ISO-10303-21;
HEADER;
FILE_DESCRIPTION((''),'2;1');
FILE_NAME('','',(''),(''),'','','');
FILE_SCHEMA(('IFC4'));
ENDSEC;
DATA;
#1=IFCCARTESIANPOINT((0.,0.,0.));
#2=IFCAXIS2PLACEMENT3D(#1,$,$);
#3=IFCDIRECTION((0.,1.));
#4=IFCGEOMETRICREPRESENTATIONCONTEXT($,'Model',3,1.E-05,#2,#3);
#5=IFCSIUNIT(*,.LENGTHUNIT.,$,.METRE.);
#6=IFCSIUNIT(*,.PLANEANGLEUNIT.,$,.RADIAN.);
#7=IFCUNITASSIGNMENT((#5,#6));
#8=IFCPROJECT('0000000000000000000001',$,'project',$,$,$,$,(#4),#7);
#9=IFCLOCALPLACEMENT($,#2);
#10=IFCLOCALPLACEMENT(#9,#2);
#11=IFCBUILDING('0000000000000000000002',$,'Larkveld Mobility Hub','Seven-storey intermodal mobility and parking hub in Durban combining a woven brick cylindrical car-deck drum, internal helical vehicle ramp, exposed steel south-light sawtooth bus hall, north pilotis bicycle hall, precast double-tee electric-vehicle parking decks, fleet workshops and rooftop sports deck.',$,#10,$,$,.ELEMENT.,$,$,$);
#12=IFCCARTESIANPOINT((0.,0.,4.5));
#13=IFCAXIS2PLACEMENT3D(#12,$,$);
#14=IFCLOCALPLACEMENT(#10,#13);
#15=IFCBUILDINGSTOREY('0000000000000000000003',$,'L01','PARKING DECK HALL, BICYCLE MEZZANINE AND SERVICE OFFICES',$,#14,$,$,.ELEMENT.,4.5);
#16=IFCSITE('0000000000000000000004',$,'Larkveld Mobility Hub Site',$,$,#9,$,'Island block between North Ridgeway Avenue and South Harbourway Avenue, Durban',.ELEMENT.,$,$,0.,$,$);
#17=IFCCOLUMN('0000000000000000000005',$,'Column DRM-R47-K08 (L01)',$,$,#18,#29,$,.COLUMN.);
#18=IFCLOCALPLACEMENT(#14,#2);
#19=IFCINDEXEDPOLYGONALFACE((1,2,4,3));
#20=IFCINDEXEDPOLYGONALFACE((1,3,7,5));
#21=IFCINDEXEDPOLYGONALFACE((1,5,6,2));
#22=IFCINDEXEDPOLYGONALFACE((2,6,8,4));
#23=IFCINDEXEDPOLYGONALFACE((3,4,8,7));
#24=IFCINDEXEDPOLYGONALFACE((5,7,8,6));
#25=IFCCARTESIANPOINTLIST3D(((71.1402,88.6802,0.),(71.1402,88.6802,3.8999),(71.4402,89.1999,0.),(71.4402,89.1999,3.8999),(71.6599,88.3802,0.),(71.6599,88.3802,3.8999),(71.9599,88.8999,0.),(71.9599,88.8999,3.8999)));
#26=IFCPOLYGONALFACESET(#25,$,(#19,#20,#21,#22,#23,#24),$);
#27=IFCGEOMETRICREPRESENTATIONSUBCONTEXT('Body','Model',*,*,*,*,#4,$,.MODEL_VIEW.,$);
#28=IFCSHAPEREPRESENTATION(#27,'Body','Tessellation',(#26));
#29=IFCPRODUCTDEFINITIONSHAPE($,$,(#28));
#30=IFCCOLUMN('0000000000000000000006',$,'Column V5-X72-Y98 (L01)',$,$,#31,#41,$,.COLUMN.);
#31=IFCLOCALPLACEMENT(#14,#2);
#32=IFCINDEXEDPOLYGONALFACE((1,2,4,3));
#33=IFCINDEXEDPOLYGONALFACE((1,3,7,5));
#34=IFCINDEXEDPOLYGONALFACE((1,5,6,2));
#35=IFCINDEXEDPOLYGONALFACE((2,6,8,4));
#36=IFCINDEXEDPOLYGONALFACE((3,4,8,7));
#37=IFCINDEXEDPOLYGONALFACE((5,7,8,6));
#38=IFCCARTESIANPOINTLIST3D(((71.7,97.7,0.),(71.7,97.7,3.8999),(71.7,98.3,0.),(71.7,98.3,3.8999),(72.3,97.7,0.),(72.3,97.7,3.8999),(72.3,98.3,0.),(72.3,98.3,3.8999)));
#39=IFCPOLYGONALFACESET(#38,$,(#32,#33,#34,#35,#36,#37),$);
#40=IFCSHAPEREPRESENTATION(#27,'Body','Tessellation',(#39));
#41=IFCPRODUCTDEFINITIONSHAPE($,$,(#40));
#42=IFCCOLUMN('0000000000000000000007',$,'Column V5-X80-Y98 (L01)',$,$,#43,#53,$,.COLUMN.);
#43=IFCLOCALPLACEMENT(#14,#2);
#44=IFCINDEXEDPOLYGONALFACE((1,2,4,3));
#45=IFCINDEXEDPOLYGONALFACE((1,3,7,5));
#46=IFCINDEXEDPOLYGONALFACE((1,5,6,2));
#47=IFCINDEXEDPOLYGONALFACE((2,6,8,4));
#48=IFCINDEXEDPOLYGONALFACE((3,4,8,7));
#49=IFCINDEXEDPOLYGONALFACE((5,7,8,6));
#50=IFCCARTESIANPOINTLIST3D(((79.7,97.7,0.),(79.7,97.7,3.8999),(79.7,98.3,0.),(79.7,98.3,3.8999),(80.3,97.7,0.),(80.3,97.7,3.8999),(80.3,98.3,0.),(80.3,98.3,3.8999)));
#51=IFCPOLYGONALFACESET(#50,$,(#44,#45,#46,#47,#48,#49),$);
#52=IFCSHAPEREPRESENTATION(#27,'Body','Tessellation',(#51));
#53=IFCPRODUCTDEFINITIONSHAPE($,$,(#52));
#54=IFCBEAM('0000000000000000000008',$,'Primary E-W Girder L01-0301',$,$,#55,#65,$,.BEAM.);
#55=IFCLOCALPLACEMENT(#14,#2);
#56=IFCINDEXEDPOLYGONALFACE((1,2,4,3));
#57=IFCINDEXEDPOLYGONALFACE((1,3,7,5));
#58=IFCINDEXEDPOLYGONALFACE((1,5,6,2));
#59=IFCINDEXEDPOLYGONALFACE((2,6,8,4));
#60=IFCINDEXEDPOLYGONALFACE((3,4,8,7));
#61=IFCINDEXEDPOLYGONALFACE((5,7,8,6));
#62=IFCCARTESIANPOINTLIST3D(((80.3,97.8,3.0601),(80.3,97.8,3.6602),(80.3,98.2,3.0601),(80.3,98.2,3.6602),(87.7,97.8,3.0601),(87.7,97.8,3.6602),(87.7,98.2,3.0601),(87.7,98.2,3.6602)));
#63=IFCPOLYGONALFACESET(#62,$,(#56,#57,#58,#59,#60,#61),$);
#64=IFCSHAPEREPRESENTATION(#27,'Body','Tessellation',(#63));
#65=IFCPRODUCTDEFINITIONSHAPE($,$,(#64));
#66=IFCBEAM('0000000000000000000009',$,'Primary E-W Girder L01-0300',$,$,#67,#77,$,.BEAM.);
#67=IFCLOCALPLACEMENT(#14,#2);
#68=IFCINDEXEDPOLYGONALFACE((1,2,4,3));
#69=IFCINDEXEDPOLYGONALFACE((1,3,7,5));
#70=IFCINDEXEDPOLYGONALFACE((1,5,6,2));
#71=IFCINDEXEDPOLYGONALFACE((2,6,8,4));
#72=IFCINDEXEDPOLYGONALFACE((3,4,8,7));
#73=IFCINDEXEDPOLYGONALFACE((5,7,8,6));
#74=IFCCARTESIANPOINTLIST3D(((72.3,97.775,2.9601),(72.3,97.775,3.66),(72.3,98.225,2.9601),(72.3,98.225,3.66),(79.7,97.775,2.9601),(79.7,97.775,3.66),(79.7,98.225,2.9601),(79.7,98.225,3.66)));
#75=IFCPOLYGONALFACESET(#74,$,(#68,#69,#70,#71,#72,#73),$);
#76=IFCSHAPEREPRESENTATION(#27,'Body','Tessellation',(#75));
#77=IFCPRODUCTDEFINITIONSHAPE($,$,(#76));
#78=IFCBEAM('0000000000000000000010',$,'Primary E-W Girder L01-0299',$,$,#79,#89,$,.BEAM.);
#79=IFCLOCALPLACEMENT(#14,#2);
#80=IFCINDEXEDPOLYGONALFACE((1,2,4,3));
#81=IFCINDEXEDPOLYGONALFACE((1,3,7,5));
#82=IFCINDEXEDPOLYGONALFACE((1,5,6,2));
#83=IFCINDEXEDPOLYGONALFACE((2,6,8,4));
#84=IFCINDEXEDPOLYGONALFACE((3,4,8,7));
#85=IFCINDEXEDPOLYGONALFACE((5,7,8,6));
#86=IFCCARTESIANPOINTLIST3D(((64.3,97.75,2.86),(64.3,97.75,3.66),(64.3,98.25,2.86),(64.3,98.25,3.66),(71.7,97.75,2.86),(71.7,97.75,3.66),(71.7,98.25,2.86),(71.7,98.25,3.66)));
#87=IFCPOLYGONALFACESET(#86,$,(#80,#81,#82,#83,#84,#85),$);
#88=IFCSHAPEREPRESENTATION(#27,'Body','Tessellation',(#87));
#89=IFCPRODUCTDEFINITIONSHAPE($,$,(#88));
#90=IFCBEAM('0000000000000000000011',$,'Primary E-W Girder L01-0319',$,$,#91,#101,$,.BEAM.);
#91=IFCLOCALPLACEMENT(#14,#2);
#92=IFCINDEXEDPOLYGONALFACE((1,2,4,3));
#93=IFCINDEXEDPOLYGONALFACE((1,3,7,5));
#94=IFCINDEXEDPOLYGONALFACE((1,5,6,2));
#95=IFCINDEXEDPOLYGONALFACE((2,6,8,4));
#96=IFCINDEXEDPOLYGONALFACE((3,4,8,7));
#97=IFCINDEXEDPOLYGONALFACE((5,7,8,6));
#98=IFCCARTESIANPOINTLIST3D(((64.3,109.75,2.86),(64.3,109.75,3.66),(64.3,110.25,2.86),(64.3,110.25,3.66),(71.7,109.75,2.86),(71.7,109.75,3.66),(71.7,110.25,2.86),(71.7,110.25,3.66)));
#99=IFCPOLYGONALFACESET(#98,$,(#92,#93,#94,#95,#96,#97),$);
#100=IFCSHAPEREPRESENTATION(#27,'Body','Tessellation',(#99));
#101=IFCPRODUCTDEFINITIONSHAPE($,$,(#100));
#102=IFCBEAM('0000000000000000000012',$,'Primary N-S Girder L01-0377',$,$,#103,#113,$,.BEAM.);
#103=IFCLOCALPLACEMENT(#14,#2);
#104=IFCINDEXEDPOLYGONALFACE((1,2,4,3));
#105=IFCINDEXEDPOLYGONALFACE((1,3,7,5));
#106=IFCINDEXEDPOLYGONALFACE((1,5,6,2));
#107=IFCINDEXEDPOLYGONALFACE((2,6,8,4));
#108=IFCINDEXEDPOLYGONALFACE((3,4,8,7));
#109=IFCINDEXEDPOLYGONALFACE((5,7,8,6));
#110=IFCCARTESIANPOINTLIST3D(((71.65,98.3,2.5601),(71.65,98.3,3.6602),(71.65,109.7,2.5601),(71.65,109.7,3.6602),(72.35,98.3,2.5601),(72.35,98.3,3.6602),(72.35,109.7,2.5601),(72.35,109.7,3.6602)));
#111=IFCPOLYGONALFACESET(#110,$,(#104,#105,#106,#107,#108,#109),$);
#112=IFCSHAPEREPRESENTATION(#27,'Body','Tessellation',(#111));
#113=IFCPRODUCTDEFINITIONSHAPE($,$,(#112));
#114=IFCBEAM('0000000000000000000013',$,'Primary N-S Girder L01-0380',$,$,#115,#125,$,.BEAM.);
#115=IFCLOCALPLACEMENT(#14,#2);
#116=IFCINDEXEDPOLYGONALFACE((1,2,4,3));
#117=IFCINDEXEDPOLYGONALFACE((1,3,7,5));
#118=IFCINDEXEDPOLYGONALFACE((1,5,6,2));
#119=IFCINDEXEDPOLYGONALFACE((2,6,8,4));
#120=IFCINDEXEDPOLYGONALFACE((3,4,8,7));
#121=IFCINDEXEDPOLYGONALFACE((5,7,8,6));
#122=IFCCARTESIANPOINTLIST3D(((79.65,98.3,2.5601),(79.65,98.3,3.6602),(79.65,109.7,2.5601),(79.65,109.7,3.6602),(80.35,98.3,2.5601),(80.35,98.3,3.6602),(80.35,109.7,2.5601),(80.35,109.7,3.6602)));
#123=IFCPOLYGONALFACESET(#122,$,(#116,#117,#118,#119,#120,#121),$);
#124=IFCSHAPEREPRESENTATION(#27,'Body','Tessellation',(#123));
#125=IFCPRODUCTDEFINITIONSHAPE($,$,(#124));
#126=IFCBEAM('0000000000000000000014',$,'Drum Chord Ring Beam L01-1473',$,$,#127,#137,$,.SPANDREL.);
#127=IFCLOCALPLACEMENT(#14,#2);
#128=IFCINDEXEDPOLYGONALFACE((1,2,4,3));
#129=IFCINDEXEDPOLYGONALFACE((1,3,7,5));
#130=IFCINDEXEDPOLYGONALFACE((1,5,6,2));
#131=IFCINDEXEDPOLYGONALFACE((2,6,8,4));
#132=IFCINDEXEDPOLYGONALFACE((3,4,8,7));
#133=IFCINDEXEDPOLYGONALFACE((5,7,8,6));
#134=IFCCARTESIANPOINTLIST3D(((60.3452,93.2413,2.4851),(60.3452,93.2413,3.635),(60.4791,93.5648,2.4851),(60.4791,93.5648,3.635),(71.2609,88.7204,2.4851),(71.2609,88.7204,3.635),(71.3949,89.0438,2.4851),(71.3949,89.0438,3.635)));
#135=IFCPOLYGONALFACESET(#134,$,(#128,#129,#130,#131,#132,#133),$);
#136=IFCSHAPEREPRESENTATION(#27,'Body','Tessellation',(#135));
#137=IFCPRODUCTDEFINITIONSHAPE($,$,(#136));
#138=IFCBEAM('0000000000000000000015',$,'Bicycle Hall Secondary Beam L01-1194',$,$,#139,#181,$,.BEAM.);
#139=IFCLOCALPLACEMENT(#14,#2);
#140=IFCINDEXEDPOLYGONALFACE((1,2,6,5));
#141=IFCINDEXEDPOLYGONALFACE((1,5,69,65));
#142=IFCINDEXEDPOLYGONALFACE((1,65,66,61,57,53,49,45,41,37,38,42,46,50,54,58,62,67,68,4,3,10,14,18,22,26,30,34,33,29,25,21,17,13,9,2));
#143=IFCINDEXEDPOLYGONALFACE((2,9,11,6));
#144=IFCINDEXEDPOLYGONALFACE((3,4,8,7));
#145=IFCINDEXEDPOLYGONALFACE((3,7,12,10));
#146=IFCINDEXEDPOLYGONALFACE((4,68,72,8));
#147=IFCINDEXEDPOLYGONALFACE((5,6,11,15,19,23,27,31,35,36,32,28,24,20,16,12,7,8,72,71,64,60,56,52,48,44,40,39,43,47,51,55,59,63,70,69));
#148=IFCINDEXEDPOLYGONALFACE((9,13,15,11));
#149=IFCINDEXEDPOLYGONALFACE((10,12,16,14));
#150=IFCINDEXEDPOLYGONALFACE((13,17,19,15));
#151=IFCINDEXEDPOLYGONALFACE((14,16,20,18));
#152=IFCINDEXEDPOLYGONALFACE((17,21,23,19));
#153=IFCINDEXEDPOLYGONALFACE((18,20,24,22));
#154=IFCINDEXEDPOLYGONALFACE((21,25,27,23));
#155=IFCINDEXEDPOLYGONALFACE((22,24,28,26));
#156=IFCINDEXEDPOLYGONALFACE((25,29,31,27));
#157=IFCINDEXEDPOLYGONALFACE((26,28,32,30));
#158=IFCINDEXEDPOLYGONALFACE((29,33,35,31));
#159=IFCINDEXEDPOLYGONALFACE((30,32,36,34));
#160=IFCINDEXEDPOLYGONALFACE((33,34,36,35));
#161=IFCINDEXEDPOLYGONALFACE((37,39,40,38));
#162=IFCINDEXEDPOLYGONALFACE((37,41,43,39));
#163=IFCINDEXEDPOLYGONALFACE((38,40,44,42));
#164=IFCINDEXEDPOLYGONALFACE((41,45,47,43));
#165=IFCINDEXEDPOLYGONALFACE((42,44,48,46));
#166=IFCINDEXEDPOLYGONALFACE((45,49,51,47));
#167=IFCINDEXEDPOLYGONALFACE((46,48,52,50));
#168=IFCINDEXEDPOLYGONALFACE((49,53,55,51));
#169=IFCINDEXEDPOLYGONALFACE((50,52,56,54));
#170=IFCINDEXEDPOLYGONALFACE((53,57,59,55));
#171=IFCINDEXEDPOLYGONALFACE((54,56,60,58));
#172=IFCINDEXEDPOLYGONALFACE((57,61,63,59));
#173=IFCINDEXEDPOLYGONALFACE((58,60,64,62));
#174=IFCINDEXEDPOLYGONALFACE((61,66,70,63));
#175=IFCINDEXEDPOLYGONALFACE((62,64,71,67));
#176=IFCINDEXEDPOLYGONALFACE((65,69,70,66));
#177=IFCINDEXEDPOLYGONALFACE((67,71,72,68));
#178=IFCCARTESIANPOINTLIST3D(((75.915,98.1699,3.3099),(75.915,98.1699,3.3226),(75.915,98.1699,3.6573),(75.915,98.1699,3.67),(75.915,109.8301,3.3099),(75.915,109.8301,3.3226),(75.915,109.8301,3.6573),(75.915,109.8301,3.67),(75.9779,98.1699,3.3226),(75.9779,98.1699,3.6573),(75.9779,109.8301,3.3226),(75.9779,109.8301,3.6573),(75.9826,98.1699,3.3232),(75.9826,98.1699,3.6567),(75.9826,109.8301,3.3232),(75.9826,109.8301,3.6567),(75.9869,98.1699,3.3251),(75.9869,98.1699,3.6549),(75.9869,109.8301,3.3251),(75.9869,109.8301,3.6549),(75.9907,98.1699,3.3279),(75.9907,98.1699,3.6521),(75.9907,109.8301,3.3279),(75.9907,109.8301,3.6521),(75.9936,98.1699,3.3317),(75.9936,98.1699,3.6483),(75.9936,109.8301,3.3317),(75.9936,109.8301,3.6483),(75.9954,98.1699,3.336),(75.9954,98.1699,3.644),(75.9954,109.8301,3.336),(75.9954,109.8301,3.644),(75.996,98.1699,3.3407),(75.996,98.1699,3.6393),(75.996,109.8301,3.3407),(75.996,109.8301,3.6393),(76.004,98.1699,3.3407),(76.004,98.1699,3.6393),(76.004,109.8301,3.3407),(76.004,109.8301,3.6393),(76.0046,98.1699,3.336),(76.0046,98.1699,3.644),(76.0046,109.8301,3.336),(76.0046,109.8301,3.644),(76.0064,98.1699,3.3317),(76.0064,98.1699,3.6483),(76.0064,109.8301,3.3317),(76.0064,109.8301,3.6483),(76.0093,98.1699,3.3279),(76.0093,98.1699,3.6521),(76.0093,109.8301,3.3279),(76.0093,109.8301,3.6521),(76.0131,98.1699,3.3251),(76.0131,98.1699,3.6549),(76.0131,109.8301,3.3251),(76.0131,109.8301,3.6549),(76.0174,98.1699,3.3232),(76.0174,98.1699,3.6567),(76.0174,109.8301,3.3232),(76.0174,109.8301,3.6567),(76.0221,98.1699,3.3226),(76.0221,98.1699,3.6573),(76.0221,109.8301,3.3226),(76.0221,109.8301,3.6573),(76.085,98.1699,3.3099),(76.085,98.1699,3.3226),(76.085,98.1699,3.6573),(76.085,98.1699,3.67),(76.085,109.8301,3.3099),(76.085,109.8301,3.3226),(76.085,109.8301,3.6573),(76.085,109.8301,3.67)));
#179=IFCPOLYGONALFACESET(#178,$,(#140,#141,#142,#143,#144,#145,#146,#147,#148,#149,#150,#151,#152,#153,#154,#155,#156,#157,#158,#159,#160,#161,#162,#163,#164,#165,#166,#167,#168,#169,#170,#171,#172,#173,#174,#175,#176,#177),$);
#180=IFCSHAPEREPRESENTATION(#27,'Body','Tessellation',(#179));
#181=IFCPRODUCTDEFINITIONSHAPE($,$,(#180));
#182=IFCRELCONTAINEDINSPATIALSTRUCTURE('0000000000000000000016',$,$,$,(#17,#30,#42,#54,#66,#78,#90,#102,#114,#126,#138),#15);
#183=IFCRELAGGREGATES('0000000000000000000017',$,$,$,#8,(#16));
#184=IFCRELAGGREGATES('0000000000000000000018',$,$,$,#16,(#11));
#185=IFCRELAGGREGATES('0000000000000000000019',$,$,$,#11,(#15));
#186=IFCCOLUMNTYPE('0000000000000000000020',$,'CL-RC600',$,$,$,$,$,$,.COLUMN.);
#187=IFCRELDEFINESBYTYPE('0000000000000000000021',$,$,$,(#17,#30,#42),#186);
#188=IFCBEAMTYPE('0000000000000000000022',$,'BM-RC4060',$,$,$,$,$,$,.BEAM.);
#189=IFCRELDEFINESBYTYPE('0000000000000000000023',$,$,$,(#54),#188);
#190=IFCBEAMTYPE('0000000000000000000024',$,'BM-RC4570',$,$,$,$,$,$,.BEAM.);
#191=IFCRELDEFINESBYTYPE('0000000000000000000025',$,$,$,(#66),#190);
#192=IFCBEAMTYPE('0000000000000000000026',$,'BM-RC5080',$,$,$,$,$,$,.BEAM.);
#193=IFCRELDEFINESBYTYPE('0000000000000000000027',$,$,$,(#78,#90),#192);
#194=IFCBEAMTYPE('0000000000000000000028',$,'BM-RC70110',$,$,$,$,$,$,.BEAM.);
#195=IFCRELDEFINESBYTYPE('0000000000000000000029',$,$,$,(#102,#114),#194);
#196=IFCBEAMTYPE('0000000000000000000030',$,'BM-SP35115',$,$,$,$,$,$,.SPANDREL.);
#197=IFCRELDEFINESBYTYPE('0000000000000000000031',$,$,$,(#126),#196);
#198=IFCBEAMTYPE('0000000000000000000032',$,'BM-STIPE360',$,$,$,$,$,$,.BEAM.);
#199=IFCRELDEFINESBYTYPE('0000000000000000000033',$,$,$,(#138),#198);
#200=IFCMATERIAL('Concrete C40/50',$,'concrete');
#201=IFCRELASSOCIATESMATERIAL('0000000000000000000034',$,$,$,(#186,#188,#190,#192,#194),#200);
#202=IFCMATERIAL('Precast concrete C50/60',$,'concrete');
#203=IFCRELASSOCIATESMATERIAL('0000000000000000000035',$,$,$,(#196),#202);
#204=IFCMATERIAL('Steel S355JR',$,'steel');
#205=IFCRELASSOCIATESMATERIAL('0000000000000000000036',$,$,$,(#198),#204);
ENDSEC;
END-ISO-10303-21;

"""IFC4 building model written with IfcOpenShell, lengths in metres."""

from ifc_helpers import new_model, si_unit, direction, frame, origin, origin_2d, place, context, subcontext, project, spatial, rectangle, i_section, extrude, material, material_profile, profile_set, type_object, element, save


model = new_model("IFC4")

# Units and contexts
model_context = context("Model", 3, precision=1e-05, world=origin(), true_north=direction((0.0, 1.0)))
body_context = subcontext(model_context, "Body", "Model", "MODEL_VIEW")
ifc_project = project(units=[si_unit("LENGTHUNIT", "METRE"), si_unit("PLANEANGLEUNIT", "RADIAN")], contexts=[model_context])

# Site, building, storey
site_placement = place(None, origin())
site = spatial("IfcSite", under=ifc_project, at=site_placement, Name="Larkveld Mobility Hub Site", LongName="Island block between North Ridgeway Avenue and South Harbourway Avenue, Durban", CompositionType="ELEMENT", RefElevation=0.0)
building_placement = place(site_placement, origin())
building = spatial("IfcBuilding", under=site, at=building_placement, Name="Larkveld Mobility Hub", Description="Seven-storey intermodal mobility and parking hub in Durban combining a woven brick cylindrical car-deck drum, internal helical vehicle ramp, exposed steel south-light sawtooth bus hall, north pilotis bicycle hall, precast double-tee electric-vehicle parking decks, fleet workshops and rooftop sports deck.", CompositionType="ELEMENT")
storey_placement = place(building_placement, frame((0.0, 0.0, 4.5)))
storey = spatial("IfcBuildingStorey", under=building, at=storey_placement, Name="L01", Description="PARKING DECK HALL, BICYCLE MEZZANINE AND SERVICE OFFICES", CompositionType="ELEMENT", Elevation=4.5)

# Columns
ifc_material_1 = material(Name="Concrete C40/50", Category="concrete")
ifc_material_profile_1 = material_profile(ifc_material_1, rectangle(XDim=0.6001, YDim=0.6001, at=origin_2d()), Name="RC COL 600x600")
ifc_profile_set_1 = profile_set([ifc_material_profile_1], Name="Concrete C40/50")
column_type = type_object("IfcColumnType", Name="CL-RC600", PredefinedType="COLUMN", material=ifc_profile_set_1)
for number, where, z_axis, x_axis, name in (
    (1, (71.55, 88.79, 0.0), (0.0, 0.0, 1.0), (0.5, 0.866025, 0.0), "Column DRM-R47-K08 (L01)"),
    (2, (72.0, 98.0, 0.0), (0.0, 0.0, 1.0), (1.0, 0.0, 0.0), "Column V5-X72-Y98 (L01)"),
    (3, (80.0, 98.0, 0.0), (0.0, 0.0, 1.0), (1.0, 0.0, 0.0), "Column V5-X80-Y98 (L01)"),
):
    element("IfcColumn", number, at=place(storey_placement, frame(where, z_axis=z_axis, x_axis=x_axis)), inside=storey, type_object=column_type, Name=name, PredefinedType="COLUMN", context=body_context, shape_type="SweptSolid", body=[
        extrude(rectangle(XDim=0.6001, YDim=0.6001, at=origin_2d()), origin(), (0.0, 0.0, 1.0), 3.8999),
    ])

# Beams
ifc_material_profile_2 = material_profile(ifc_material_1, rectangle(XDim=0.3999, YDim=0.6001, at=origin_2d()), Name="RC BM 400x600")
ifc_profile_set_2 = profile_set([ifc_material_profile_2], Name="Concrete C40/50")
beam_type_1 = type_object("IfcBeamType", Name="BM-RC4060", PredefinedType="BEAM", material=ifc_profile_set_2)
beam_1_placement = place(storey_placement, frame((80.3, 98.0, 3.3601), z_axis=(1.0, 0.0, 0.0), x_axis=(0.0, 1.0, 0.0)))
element("IfcBeam", 4, at=beam_1_placement, inside=storey, type_object=beam_type_1, Name="Primary E-W Girder L01-0301", PredefinedType="BEAM", context=body_context, shape_type="SweptSolid", body=[
    extrude(rectangle(XDim=0.3999, YDim=0.6001, at=origin_2d()), origin(), (0.0, 0.0, 1.0), 7.3999),
])
ifc_material_profile_3 = material_profile(ifc_material_1, rectangle(XDim=0.45, YDim=0.7, at=origin_2d()), Name="RC BM 450x700")
ifc_profile_set_3 = profile_set([ifc_material_profile_3], Name="Concrete C40/50")
beam_type_2 = type_object("IfcBeamType", Name="BM-RC4570", PredefinedType="BEAM", material=ifc_profile_set_3)
beam_2_placement = place(storey_placement, frame((72.3, 98.0, 3.3101), z_axis=(1.0, 0.0, 0.0), x_axis=(0.0, 1.0, 0.0)))
element("IfcBeam", 5, at=beam_2_placement, inside=storey, type_object=beam_type_2, Name="Primary E-W Girder L01-0300", PredefinedType="BEAM", context=body_context, shape_type="SweptSolid", body=[
    extrude(rectangle(XDim=0.45, YDim=0.7, at=origin_2d()), origin(), (0.0, 0.0, 1.0), 7.3999),
])
ifc_material_profile_4 = material_profile(ifc_material_1, rectangle(XDim=0.5, YDim=0.8, at=origin_2d()), Name="RC BM 500x800")
ifc_profile_set_4 = profile_set([ifc_material_profile_4], Name="Concrete C40/50")
beam_type_3 = type_object("IfcBeamType", Name="BM-RC5080", PredefinedType="BEAM", material=ifc_profile_set_4)
for number, where, z_axis, x_axis, name in (
    (6, (64.3, 98.0, 3.26), (1.0, 0.0, 0.0), (0.0, 1.0, 0.0), "Primary E-W Girder L01-0299"),
    (7, (64.3, 110.0, 3.26), (1.0, 0.0, 0.0), (0.0, 1.0, 0.0), "Primary E-W Girder L01-0319"),
):
    element("IfcBeam", number, at=place(storey_placement, frame(where, z_axis=z_axis, x_axis=x_axis)), inside=storey, type_object=beam_type_3, Name=name, PredefinedType="BEAM", context=body_context, shape_type="SweptSolid", body=[
        extrude(rectangle(XDim=0.5, YDim=0.8, at=origin_2d()), origin(), (0.0, 0.0, 1.0), 7.3999),
    ])
ifc_material_profile_5 = material_profile(ifc_material_1, rectangle(XDim=0.7, YDim=1.1001, at=origin_2d()), Name="RC BM 700x1100")
ifc_profile_set_5 = profile_set([ifc_material_profile_5], Name="Concrete C40/50")
beam_type_4 = type_object("IfcBeamType", Name="BM-RC70110", PredefinedType="BEAM", material=ifc_profile_set_5)
for number, where, z_axis, x_axis, name in (
    (8, (72.0, 98.3, 3.1101), (0.0, 1.0, 0.0), (-1.0, 0.0, 0.0), "Primary N-S Girder L01-0377"),
    (9, (80.0, 98.3, 3.1101), (0.0, 1.0, 0.0), (-1.0, 0.0, 0.0), "Primary N-S Girder L01-0380"),
):
    element("IfcBeam", number, at=place(storey_placement, frame(where, z_axis=z_axis, x_axis=x_axis)), inside=storey, type_object=beam_type_4, Name=name, PredefinedType="BEAM", context=body_context, shape_type="SweptSolid", body=[
        extrude(rectangle(XDim=0.7, YDim=1.1001, at=origin_2d()), origin(), (0.0, 0.0, 1.0), 11.3999),
    ])
ifc_material_2 = material(Name="Precast concrete C50/60", Category="concrete")
ifc_material_profile_6 = material_profile(ifc_material_2, rectangle(XDim=0.3501, YDim=1.1499, at=origin_2d()), Name="PC SP 350x1150")
ifc_profile_set_6 = profile_set([ifc_material_profile_6], Name="Precast concrete C50/60")
beam_type_5 = type_object("IfcBeamType", Name="BM-SP35115", PredefinedType="SPANDREL", material=ifc_profile_set_6)
beam_3_placement = place(storey_placement, frame((71.3279, 88.8821, 3.0601), z_axis=(-0.923893, 0.38265, 0.0), x_axis=(-0.38265, -0.923893, 0.0)))
element("IfcBeam", 10, at=beam_3_placement, inside=storey, type_object=beam_type_5, Name="Drum Chord Ring Beam L01-1473", PredefinedType="SPANDREL", context=body_context, shape_type="SweptSolid", body=[
    extrude(rectangle(XDim=0.3501, YDim=1.1499, at=origin_2d()), origin(), (0.0, 0.0, 1.0), 11.8149),
])
ifc_material_3 = material(Name="Steel S355JR", Category="steel")
ifc_material_profile_7 = material_profile(ifc_material_3, i_section(OverallWidth=0.1699, OverallDepth=0.3601, WebThickness=0.0081, FlangeThickness=0.0127, FilletRadius=0.0181, at=origin_2d()), Name="IPE 360")
ifc_profile_set_7 = profile_set([ifc_material_profile_7], Name="Steel S355JR")
beam_type_6 = type_object("IfcBeamType", Name="BM-STIPE360", PredefinedType="BEAM", material=ifc_profile_set_7)
beam_4_placement = place(storey_placement, frame((76.0, 98.1699, 3.49), z_axis=(0.0, 1.0, 0.0), x_axis=(-1.0, 0.0, 0.0)))
element("IfcBeam", 11, at=beam_4_placement, inside=storey, type_object=beam_type_6, Name="Bicycle Hall Secondary Beam L01-1194", PredefinedType="BEAM", context=body_context, shape_type="SweptSolid", body=[
    extrude(i_section(OverallWidth=0.1699, OverallDepth=0.3601, WebThickness=0.0081, FlangeThickness=0.0127, FilletRadius=0.0181, at=origin_2d()), origin(), (0.0, 0.0, 1.0), 11.6602),
])

save(model, "model.ifc")
